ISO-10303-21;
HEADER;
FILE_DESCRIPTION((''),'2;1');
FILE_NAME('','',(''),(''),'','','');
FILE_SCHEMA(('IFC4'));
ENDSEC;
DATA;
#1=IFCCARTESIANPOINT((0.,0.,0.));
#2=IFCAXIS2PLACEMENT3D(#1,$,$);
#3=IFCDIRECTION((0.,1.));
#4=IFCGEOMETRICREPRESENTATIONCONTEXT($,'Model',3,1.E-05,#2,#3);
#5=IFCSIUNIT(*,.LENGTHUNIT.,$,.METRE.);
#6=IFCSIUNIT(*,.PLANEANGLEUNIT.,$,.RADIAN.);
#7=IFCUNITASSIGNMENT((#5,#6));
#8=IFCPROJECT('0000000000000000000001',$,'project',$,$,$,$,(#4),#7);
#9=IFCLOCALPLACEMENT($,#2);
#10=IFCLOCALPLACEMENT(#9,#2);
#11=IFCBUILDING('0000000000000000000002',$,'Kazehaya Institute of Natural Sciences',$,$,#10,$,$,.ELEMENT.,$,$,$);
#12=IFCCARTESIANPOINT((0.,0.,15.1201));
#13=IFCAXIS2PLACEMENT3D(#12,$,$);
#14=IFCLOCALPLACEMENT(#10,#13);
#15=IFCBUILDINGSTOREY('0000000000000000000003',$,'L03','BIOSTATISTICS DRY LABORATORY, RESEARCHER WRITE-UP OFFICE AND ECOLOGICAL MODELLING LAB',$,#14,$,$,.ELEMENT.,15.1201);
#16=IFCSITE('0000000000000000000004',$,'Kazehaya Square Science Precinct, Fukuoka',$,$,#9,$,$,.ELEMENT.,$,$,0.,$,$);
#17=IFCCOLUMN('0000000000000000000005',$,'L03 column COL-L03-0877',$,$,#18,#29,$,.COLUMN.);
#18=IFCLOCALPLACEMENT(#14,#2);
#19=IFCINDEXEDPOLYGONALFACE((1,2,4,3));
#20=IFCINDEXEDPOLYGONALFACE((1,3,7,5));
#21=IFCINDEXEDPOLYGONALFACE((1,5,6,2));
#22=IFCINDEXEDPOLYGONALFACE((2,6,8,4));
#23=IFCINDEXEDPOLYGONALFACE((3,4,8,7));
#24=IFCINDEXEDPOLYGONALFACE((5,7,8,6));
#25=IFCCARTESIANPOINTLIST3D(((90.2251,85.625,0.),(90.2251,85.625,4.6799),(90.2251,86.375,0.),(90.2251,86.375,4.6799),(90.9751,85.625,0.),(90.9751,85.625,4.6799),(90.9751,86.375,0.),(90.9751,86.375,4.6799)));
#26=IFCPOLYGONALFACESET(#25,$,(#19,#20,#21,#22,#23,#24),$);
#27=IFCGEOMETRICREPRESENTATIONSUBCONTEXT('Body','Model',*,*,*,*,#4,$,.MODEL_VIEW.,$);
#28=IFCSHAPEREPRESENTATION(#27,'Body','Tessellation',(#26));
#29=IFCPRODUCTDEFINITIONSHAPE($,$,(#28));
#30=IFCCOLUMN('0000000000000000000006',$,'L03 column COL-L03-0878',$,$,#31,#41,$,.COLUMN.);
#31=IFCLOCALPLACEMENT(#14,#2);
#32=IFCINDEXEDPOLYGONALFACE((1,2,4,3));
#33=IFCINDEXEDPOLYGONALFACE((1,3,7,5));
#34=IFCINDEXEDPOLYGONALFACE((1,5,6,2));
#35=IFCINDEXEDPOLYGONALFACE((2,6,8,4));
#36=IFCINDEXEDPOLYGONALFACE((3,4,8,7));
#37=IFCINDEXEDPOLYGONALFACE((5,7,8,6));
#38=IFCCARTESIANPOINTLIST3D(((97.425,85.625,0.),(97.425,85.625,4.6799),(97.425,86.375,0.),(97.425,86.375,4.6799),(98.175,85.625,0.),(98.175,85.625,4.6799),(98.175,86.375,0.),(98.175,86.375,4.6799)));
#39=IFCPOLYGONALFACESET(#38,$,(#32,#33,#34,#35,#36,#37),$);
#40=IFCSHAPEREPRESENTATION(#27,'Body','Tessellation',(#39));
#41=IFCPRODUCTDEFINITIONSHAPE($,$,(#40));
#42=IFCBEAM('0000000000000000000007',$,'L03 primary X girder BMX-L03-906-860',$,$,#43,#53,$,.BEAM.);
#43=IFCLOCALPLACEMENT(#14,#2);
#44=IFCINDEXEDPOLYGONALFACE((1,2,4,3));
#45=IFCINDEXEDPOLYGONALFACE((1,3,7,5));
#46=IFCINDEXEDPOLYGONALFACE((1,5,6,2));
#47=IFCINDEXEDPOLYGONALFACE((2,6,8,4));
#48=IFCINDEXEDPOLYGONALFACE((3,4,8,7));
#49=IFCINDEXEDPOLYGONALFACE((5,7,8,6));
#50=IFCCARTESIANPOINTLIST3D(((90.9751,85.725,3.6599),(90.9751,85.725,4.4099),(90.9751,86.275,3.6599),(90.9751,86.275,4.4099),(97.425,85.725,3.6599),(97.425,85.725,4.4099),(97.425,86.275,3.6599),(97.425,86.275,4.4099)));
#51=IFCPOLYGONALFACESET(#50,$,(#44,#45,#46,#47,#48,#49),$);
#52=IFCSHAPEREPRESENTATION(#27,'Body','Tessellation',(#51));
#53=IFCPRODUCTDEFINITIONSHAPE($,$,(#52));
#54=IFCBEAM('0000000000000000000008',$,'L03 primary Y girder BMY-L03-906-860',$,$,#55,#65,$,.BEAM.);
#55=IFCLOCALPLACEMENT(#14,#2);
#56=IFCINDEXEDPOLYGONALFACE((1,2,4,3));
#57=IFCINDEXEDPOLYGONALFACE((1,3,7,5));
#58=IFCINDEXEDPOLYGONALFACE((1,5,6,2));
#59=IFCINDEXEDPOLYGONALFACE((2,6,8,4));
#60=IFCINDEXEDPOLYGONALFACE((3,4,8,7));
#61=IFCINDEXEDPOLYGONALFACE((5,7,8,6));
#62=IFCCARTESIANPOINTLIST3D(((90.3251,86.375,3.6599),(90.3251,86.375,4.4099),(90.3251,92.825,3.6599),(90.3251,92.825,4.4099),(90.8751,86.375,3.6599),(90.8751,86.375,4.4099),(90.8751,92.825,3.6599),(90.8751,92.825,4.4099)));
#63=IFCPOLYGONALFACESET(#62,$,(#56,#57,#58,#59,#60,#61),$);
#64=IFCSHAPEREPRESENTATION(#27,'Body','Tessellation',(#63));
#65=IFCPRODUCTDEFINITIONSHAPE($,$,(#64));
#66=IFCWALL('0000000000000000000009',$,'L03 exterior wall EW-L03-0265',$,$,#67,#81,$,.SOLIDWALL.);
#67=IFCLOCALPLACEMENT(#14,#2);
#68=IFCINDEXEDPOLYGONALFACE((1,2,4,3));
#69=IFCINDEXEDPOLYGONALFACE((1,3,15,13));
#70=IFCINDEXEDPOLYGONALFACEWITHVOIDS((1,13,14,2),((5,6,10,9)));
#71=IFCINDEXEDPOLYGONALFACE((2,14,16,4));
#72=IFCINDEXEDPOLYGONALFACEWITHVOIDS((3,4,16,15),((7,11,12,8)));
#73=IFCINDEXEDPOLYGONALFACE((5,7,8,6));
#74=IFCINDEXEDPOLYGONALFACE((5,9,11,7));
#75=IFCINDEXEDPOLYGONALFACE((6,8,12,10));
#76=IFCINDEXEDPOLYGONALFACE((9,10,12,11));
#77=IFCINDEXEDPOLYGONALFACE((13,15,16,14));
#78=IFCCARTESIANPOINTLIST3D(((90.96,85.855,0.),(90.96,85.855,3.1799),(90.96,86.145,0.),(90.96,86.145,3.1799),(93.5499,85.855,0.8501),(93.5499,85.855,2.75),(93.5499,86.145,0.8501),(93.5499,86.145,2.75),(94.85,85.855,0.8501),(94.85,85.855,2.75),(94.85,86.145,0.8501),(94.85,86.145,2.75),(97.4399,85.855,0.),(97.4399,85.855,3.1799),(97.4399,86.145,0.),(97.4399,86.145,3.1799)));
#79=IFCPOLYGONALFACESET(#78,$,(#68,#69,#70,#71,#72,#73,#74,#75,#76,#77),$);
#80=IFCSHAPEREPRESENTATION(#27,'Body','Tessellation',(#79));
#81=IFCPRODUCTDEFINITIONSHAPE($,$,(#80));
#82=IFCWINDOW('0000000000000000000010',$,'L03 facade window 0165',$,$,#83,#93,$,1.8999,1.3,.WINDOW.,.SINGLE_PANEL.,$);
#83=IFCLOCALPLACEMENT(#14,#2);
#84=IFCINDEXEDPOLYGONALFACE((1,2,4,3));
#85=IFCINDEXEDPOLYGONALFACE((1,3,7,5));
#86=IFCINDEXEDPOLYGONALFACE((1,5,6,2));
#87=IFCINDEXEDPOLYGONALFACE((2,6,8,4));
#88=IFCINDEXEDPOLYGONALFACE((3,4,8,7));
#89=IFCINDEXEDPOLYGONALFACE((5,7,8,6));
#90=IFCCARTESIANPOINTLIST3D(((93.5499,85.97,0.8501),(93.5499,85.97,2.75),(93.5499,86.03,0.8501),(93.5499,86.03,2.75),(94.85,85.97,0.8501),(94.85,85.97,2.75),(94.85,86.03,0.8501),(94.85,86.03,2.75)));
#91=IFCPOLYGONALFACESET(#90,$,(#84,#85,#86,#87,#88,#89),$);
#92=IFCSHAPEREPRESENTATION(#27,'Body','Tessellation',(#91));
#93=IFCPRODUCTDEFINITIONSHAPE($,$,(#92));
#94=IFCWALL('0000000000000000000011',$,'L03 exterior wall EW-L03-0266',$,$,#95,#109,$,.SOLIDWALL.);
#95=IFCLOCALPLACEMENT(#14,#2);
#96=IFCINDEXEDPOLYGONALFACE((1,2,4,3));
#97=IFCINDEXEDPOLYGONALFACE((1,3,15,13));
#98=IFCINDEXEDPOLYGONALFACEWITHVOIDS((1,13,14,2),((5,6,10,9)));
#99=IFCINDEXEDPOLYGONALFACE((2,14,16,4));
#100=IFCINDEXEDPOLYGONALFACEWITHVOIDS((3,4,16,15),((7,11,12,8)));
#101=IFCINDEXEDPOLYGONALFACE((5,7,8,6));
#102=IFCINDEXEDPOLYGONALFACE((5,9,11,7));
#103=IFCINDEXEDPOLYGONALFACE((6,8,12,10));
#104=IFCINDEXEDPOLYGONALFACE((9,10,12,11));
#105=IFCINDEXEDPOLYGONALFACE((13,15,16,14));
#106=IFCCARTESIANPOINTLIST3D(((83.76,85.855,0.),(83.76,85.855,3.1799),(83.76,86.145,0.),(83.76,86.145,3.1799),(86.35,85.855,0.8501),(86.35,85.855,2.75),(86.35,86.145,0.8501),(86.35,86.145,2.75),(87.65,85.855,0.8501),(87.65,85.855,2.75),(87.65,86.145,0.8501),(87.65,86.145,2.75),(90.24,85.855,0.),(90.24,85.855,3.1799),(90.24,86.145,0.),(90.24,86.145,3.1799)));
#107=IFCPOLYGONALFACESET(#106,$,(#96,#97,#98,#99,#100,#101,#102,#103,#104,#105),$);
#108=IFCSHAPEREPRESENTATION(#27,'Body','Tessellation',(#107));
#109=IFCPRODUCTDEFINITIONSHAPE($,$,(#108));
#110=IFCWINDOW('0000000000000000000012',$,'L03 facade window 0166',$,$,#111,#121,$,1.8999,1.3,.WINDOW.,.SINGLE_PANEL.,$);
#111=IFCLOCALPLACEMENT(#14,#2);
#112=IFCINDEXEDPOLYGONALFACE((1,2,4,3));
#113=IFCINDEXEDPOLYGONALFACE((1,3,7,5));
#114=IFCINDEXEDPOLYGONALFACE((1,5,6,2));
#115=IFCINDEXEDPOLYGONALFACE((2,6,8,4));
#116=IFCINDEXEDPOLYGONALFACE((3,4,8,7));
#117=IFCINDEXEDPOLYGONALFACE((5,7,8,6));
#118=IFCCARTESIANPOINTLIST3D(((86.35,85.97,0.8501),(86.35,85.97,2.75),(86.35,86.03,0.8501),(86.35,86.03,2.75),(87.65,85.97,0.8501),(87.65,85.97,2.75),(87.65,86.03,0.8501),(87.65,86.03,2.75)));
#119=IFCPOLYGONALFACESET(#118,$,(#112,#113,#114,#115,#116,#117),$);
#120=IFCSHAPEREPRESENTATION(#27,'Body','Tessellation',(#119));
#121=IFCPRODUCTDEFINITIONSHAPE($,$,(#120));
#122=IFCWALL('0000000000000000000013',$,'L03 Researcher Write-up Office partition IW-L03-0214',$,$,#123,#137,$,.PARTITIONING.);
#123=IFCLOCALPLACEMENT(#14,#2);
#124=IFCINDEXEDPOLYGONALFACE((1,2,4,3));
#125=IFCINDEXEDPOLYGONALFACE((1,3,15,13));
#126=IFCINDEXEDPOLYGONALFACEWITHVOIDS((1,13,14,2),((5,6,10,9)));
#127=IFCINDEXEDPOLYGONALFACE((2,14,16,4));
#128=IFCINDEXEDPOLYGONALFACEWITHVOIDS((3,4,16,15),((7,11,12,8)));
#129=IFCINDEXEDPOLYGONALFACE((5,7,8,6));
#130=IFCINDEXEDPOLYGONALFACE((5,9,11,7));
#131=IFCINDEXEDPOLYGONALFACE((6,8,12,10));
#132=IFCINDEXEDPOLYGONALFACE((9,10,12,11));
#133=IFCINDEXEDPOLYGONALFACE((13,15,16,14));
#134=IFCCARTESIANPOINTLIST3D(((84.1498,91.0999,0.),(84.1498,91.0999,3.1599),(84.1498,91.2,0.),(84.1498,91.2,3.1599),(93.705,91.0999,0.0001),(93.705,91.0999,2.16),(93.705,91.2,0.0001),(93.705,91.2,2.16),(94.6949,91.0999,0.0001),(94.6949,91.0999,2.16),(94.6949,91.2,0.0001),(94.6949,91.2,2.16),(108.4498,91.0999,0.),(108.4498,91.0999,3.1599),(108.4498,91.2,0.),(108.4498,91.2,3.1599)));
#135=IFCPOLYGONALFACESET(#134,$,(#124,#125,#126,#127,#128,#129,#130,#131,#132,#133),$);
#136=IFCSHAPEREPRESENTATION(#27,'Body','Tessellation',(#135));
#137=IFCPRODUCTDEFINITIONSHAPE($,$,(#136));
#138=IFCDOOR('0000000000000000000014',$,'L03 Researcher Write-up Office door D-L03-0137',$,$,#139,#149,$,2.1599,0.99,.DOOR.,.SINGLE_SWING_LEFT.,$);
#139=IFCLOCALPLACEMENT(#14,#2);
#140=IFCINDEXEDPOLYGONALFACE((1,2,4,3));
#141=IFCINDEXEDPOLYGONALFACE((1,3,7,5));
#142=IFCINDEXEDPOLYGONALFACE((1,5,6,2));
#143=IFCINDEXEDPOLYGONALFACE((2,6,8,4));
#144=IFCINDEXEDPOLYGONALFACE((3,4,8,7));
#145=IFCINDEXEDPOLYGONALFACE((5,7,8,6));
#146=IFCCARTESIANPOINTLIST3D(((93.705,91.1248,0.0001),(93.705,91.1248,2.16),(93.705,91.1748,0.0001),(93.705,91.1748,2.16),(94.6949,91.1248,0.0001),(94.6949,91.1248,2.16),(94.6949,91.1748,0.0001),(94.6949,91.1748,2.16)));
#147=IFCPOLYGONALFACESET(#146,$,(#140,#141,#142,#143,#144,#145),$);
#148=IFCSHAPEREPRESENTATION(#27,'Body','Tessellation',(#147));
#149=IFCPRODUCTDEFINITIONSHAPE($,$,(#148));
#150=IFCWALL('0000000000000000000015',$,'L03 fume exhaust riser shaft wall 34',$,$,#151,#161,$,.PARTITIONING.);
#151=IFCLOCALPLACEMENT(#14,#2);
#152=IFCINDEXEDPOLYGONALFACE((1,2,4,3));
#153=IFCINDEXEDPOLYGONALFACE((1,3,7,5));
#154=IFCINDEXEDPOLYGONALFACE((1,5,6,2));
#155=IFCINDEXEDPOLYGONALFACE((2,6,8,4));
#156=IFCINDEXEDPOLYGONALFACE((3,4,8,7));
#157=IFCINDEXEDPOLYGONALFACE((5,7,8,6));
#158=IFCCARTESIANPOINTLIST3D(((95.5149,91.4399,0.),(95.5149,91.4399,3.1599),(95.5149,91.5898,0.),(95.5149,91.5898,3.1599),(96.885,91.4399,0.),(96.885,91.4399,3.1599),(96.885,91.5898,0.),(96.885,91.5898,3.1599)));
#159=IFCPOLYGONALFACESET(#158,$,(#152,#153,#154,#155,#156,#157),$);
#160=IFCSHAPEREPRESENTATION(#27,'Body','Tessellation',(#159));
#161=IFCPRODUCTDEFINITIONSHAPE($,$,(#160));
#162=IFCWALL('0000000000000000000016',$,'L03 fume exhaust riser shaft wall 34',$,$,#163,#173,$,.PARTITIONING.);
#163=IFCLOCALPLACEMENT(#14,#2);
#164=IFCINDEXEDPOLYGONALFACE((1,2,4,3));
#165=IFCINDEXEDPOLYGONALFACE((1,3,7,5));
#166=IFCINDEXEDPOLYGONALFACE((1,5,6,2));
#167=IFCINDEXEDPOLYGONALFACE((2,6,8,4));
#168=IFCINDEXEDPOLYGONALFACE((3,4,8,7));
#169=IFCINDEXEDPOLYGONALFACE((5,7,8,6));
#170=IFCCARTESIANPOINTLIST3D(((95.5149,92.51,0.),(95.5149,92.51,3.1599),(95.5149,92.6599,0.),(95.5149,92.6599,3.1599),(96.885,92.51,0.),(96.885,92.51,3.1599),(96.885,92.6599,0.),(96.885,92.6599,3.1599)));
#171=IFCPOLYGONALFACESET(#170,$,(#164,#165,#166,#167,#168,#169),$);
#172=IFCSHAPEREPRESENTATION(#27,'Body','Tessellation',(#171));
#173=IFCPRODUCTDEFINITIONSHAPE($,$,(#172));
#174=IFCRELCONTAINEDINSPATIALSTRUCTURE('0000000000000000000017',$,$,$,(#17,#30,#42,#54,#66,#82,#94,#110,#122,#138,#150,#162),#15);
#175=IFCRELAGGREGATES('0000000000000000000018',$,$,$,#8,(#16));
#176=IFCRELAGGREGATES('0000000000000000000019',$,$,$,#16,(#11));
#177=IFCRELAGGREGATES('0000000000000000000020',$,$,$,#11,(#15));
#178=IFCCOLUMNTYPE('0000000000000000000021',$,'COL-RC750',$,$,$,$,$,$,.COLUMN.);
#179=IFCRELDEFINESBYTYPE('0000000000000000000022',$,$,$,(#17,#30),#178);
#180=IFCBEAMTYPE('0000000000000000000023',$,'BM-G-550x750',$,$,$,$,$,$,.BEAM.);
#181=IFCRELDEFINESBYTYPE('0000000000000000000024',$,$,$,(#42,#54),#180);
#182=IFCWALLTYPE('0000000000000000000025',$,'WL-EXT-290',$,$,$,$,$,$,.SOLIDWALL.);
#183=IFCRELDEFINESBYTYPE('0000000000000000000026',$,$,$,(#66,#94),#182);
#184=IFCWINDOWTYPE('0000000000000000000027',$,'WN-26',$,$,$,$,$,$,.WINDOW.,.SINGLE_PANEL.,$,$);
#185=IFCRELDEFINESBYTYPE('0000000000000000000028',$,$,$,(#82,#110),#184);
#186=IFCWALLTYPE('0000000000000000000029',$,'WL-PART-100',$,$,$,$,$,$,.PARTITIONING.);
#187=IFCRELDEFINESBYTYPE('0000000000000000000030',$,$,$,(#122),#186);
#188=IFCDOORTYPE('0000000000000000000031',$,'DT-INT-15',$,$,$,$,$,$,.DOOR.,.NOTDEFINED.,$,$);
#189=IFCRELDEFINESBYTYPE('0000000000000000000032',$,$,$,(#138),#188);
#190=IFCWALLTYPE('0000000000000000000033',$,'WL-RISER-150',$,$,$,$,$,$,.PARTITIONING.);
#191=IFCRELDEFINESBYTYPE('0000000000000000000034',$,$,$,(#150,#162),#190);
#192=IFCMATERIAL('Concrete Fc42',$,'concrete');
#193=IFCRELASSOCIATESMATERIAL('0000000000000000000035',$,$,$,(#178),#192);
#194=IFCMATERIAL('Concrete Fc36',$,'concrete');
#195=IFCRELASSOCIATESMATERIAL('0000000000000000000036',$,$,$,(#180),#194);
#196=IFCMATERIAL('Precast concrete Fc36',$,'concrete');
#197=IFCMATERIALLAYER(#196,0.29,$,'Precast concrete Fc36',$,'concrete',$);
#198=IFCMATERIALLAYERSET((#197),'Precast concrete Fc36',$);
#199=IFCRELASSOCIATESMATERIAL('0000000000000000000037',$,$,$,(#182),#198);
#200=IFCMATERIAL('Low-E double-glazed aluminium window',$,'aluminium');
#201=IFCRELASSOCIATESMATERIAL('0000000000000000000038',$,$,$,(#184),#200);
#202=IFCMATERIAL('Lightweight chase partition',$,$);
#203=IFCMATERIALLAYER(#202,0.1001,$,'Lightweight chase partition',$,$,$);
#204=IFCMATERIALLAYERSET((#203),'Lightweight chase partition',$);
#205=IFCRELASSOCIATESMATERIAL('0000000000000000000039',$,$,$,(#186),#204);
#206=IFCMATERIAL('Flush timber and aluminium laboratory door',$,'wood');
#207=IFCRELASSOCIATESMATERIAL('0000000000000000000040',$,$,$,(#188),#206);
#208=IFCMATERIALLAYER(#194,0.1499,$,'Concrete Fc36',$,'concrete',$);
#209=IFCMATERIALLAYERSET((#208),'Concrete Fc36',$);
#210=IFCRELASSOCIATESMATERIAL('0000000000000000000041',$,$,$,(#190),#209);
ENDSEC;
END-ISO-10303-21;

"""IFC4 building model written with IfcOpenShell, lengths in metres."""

from ifc_helpers import new_model, si_unit, direction, frame, frame_2d, origin, origin_2d, place, context, subcontext, project, spatial, rectangle, extrude, material, layer, layer_set, material_profile, profile_set, type_object, element, fill, save


model = new_model("IFC4")

# Units and contexts
model_context = context("Model", 3, precision=1e-05, world=origin(), true_north=direction((0.0, 1.0)))
body_context = subcontext(model_context, "Body", "Model", "MODEL_VIEW")
ifc_project = project(units=[si_unit("LENGTHUNIT", "METRE"), si_unit("PLANEANGLEUNIT", "RADIAN")], contexts=[model_context])

# Site, building, storey
site_placement = place(None, origin())
site = spatial("IfcSite", under=ifc_project, at=site_placement, Name="Kazehaya Square Science Precinct, Fukuoka", CompositionType="ELEMENT", RefElevation=0.0)
building_placement = place(site_placement, origin())
building = spatial("IfcBuilding", under=site, at=building_placement, Name="Kazehaya Institute of Natural Sciences", CompositionType="ELEMENT")
storey_placement = place(building_placement, frame((0.0, 0.0, 15.1201)))
storey = spatial("IfcBuildingStorey", under=building, at=storey_placement, Name="L03", Description="BIOSTATISTICS DRY LABORATORY, RESEARCHER WRITE-UP OFFICE AND ECOLOGICAL MODELLING LAB", CompositionType="ELEMENT", Elevation=15.1201)

# Columns
ifc_material_1 = material(Name="Concrete Fc42", Category="concrete")
ifc_material_profile_1 = material_profile(ifc_material_1, rectangle(XDim=0.75, YDim=0.75, at=origin_2d()), Name="RC-750x750")
ifc_profile_set_1 = profile_set([ifc_material_profile_1], Name="Concrete Fc42")
column_type = type_object("IfcColumnType", Name="COL-RC750", PredefinedType="COLUMN", material=ifc_profile_set_1)
for number, where, z_axis, x_axis, name in (
    (1, (90.6001, 86.0, 0.0), (0.0, 0.0, 1.0), (1.0, 0.0, 0.0), "L03 column COL-L03-0877"),
    (2, (97.8, 86.0, 0.0), (0.0, 0.0, 1.0), (1.0, 0.0, 0.0), "L03 column COL-L03-0878"),
):
    element("IfcColumn", number, at=place(storey_placement, frame(where, z_axis=z_axis, x_axis=x_axis)), inside=storey, type_object=column_type, Name=name, PredefinedType="COLUMN", context=body_context, shape_type="SweptSolid", body=[
        extrude(rectangle(XDim=0.75, YDim=0.75, at=origin_2d()), origin(), (0.0, 0.0, 1.0), 4.6799),
    ])

# Beams
ifc_material_2 = material(Name="Concrete Fc36", Category="concrete")
ifc_material_profile_2 = material_profile(ifc_material_2, rectangle(XDim=0.55, YDim=0.75, at=origin_2d()), Name="RC-550x750")
ifc_profile_set_2 = profile_set([ifc_material_profile_2], Name="Concrete Fc36")
beam_type = type_object("IfcBeamType", Name="BM-G-550x750", PredefinedType="BEAM", material=ifc_profile_set_2)
for number, where, z_axis, x_axis, name in (
    (3, (90.9751, 86.0, 4.0349), (1.0, 0.0, 0.0), (0.0, 1.0, 0.0), "L03 primary X girder BMX-L03-906-860"),
    (4, (90.6001, 86.375, 4.0349), (0.0, 1.0, 0.0), (-1.0, 0.0, 0.0), "L03 primary Y girder BMY-L03-906-860"),
):
    element("IfcBeam", number, at=place(storey_placement, frame(where, z_axis=z_axis, x_axis=x_axis)), inside=storey, type_object=beam_type, Name=name, PredefinedType="BEAM", context=body_context, shape_type="SweptSolid", body=[
        extrude(rectangle(XDim=0.55, YDim=0.75, at=origin_2d()), origin(), (0.0, 0.0, 1.0), 6.45),
    ])

# Walls, openings, windows
ifc_material_3 = material(Name="Precast concrete Fc36", Category="concrete")
ifc_layer_1 = layer(ifc_material_3, 0.29, Name="Precast concrete Fc36", Category="concrete")
ifc_layer_set_1 = layer_set([ifc_layer_1], Name="Precast concrete Fc36")
wall_type_1 = type_object("IfcWallType", Name="WL-EXT-290", PredefinedType="SOLIDWALL", material=ifc_layer_set_1)
wall_1_placement = place(storey_placement, frame((97.4399, 86.0, 0.0), z_axis=(0.0, 0.0, 1.0), x_axis=(-1.0, 0.0, 0.0)))
wall_1 = element("IfcWall", 5, at=wall_1_placement, inside=storey, type_object=wall_type_1, Name="L03 exterior wall EW-L03-0265", PredefinedType="SOLIDWALL", context=body_context, shape_type="SweptSolid", body=[
    extrude(rectangle(XDim=6.48, YDim=0.29, at=frame_2d((3.24, 0.0))), origin(), (0.0, 0.0, 1.0), 3.1799),
])
opening_1_placement = place(wall_1_placement, frame((2.5901, 0.0, 0.8501)))
opening_1 = element("IfcOpeningElement", 6, at=opening_1_placement, cuts=wall_1, PredefinedType="OPENING", context=body_context, shape_type="SweptSolid", body=[
    extrude(rectangle(XDim=1.3, YDim=1.8999, at=frame_2d((0.6499, 0.95))), frame((0.0, 0.155, 0.0), z_axis=(0.0, -1.0, 0.0), x_axis=(1.0, 0.0, 0.0)), (0.0, 0.0, 1.0), 0.3101),
])
ifc_material_4 = material(Name="Low-E double-glazed aluminium window", Category="aluminium")
window_type = type_object("IfcWindowType", Name="WN-26", PartitioningType="SINGLE_PANEL", PredefinedType="WINDOW", material=ifc_material_4)
window_1_placement = place(opening_1_placement, origin())
window_1 = element("IfcWindow", 7, at=window_1_placement, inside=storey, type_object=window_type, Name="L03 facade window 0165", OverallHeight=1.8999, OverallWidth=1.3, PartitioningType="SINGLE_PANEL", PredefinedType="WINDOW", context=body_context, shape_type="SweptSolid", body=[
    extrude(rectangle(XDim=1.3, YDim=1.8999, at=frame_2d((0.6499, 0.95))), frame((0.0, 0.03, 0.0), z_axis=(0.0, -1.0, 0.0), x_axis=(1.0, 0.0, 0.0)), (0.0, 0.0, 1.0), 0.0601),
])
fill(opening_1, window_1)
wall_2_placement = place(storey_placement, frame((90.24, 86.0, 0.0), z_axis=(0.0, 0.0, 1.0), x_axis=(-1.0, 0.0, 0.0)))
wall_2 = element("IfcWall", 8, at=wall_2_placement, inside=storey, type_object=wall_type_1, Name="L03 exterior wall EW-L03-0266", PredefinedType="SOLIDWALL", context=body_context, shape_type="SweptSolid", body=[
    extrude(rectangle(XDim=6.48, YDim=0.29, at=frame_2d((3.24, 0.0))), origin(), (0.0, 0.0, 1.0), 3.1799),
])
opening_2_placement = place(wall_2_placement, frame((2.5901, 0.0, 0.8501)))
opening_2 = element("IfcOpeningElement", 9, at=opening_2_placement, cuts=wall_2, PredefinedType="OPENING", context=body_context, shape_type="SweptSolid", body=[
    extrude(rectangle(XDim=1.3, YDim=1.8999, at=frame_2d((0.6499, 0.95))), frame((0.0, 0.155, 0.0), z_axis=(0.0, -1.0, 0.0), x_axis=(1.0, 0.0, 0.0)), (0.0, 0.0, 1.0), 0.3101),
])
window_2_placement = place(opening_2_placement, origin())
window_2 = element("IfcWindow", 10, at=window_2_placement, inside=storey, type_object=window_type, Name="L03 facade window 0166", OverallHeight=1.8999, OverallWidth=1.3, PartitioningType="SINGLE_PANEL", PredefinedType="WINDOW", context=body_context, shape_type="SweptSolid", body=[
    extrude(rectangle(XDim=1.3, YDim=1.8999, at=frame_2d((0.6499, 0.95))), frame((0.0, 0.03, 0.0), z_axis=(0.0, -1.0, 0.0), x_axis=(1.0, 0.0, 0.0)), (0.0, 0.0, 1.0), 0.0601),
])
fill(opening_2, window_2)

# Wall, opening, door
ifc_material_5 = material(Name="Lightweight chase partition")
ifc_layer_2 = layer(ifc_material_5, 0.1001, Name="Lightweight chase partition")
ifc_layer_set_2 = layer_set([ifc_layer_2], Name="Lightweight chase partition")
wall_type_2 = type_object("IfcWallType", Name="WL-PART-100", PredefinedType="PARTITIONING", material=ifc_layer_set_2)
wall_3_placement = place(storey_placement, frame((84.1499, 91.1499, 0.0), z_axis=(0.0, 0.0, 1.0), x_axis=(1.0, 0.0, 0.0)))
wall_3 = element("IfcWall", 11, at=wall_3_placement, inside=storey, type_object=wall_type_2, Name="L03 Researcher Write-up Office partition IW-L03-0214", PredefinedType="PARTITIONING", context=body_context, shape_type="SweptSolid", body=[
    extrude(rectangle(XDim=24.3, YDim=0.1001, at=frame_2d((12.1499, 0.0))), origin(), (0.0, 0.0, 1.0), 3.1599),
])
opening_3_placement = place(wall_3_placement, frame((9.5549, 0.0, 0.0)))
opening_3 = element("IfcOpeningElement", 12, at=opening_3_placement, cuts=wall_3, PredefinedType="OPENING", context=body_context, shape_type="SweptSolid", body=[
    extrude(rectangle(XDim=0.99, YDim=2.1599, at=frame_2d((0.4951, 1.0801))), frame((0.0, 0.0601, 0.0), z_axis=(0.0, -1.0, 0.0), x_axis=(1.0, 0.0, 0.0)), (0.0, 0.0, 1.0), 0.1201),
])
ifc_material_6 = material(Name="Flush timber and aluminium laboratory door", Category="wood")
door_type = type_object("IfcDoorType", Name="DT-INT-15", OperationType="NOTDEFINED", PredefinedType="DOOR", material=ifc_material_6)
door_placement = place(opening_3_placement, origin())
door = element("IfcDoor", 13, at=door_placement, inside=storey, type_object=door_type, Name="L03 Researcher Write-up Office door D-L03-0137", OperationType="SINGLE_SWING_LEFT", OverallHeight=2.1599, OverallWidth=0.99, PredefinedType="DOOR", context=body_context, shape_type="SweptSolid", body=[
    extrude(rectangle(XDim=0.99, YDim=2.1599, at=frame_2d((0.4951, 1.0801))), frame((0.0, 0.0249, 0.0), z_axis=(0.0, -1.0, 0.0), x_axis=(1.0, 0.0, 0.0)), (0.0, 0.0, 1.0), 0.05),
])
fill(opening_3, door)

# Walls
ifc_layer_3 = layer(ifc_material_2, 0.1499, Name="Concrete Fc36", Category="concrete")
ifc_layer_set_3 = layer_set([ifc_layer_3], Name="Concrete Fc36")
wall_type_3 = type_object("IfcWallType", Name="WL-RISER-150", PredefinedType="PARTITIONING", material=ifc_layer_set_3)
for number, where, z_axis, x_axis, name in (
    (14, (96.885, 91.5149, 0.0), (0.0, 0.0, 1.0), (-1.0, 0.0, 0.0), "L03 fume exhaust riser shaft wall 34"),
    (15, (95.5149, 92.585, 0.0), (0.0, 0.0, 1.0), (1.0, 0.0, 0.0), "L03 fume exhaust riser shaft wall 34"),
):
    element("IfcWall", number, at=place(storey_placement, frame(where, z_axis=z_axis, x_axis=x_axis)), inside=storey, type_object=wall_type_3, Name=name, PredefinedType="PARTITIONING", context=body_context, shape_type="SweptSolid", body=[
        extrude(rectangle(XDim=1.3701, YDim=0.1499, at=frame_2d((0.6851, 0.0))), origin(), (0.0, 0.0, 1.0), 3.1599),
    ])

save(model, "model.ifc")
